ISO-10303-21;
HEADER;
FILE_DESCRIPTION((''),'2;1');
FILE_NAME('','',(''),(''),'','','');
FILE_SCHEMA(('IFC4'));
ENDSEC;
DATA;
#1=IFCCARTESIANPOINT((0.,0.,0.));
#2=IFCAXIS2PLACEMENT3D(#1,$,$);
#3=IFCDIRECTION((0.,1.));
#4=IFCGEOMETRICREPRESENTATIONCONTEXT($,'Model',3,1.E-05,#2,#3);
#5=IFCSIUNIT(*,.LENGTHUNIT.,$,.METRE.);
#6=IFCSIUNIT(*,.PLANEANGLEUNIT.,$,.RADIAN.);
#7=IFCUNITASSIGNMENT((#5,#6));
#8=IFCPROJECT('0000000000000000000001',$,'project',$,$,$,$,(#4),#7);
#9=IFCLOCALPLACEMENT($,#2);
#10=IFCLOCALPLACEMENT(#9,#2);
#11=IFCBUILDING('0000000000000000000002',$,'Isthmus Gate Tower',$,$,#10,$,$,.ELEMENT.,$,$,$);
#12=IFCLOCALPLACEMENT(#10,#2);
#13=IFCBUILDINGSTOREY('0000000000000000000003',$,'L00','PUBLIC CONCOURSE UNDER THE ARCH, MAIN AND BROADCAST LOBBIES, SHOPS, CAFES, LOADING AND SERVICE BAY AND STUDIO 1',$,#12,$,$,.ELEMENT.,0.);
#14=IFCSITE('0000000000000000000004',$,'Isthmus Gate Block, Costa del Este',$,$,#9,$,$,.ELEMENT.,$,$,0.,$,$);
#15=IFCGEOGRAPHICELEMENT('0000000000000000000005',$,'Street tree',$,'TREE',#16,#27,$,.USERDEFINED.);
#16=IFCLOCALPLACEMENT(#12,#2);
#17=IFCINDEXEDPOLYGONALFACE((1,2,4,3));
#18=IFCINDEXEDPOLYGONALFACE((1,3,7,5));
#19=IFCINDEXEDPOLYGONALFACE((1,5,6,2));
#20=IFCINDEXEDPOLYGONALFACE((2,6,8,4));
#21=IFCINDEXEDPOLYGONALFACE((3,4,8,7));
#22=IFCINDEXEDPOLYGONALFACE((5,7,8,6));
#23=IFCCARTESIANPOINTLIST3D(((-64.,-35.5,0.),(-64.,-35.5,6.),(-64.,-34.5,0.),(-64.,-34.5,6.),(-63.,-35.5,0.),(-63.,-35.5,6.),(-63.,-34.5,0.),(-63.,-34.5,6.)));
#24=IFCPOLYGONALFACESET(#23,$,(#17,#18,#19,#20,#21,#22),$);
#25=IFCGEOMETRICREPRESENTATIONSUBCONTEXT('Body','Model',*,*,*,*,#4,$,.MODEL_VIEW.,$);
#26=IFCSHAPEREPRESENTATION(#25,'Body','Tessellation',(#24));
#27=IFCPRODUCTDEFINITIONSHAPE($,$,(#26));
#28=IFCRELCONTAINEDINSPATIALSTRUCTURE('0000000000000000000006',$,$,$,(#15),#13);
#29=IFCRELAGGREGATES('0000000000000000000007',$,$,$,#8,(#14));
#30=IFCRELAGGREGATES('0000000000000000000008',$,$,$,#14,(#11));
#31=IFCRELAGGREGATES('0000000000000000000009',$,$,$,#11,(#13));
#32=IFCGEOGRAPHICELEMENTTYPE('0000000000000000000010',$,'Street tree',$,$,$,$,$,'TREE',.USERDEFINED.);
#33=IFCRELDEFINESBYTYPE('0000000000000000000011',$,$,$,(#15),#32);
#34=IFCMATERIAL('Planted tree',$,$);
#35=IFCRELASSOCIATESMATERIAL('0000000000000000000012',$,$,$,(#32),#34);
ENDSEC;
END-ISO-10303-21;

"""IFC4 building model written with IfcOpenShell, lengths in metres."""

from ifc_helpers import new_model, si_unit, direction, frame, origin, origin_2d, place, context, subcontext, project, spatial, rectangle, extrude, material, type_object, element, save


model = new_model("IFC4")

# Units and contexts
model_context = context("Model", 3, precision=1e-05, world=origin(), true_north=direction((0.0, 1.0)))
body_context = subcontext(model_context, "Body", "Model", "MODEL_VIEW")
ifc_project = project(units=[si_unit("LENGTHUNIT", "METRE"), si_unit("PLANEANGLEUNIT", "RADIAN")], contexts=[model_context])

# Site, building, storey
site_placement = place(None, origin())
site = spatial("IfcSite", under=ifc_project, at=site_placement, Name="Isthmus Gate Block, Costa del Este", CompositionType="ELEMENT", RefElevation=0.0)
building_placement = place(site_placement, origin())
building = spatial("IfcBuilding", under=site, at=building_placement, Name="Isthmus Gate Tower", CompositionType="ELEMENT")
storey_placement = place(building_placement, origin())
storey = spatial("IfcBuildingStorey", under=building, at=storey_placement, Name="L00", Description="PUBLIC CONCOURSE UNDER THE ARCH, MAIN AND BROADCAST LOBBIES, SHOPS, CAFES, LOADING AND SERVICE BAY AND STUDIO 1", CompositionType="ELEMENT", Elevation=0.0)

# Geographic element
ifc_material_1 = material(Name="Planted tree")
geographic_element_type = type_object("IfcGeographicElementType", Name="Street tree", ElementType="TREE", PredefinedType="USERDEFINED", material=ifc_material_1)
for number, where, z_axis, x_axis, name in (
    (1, (-63.5, -35.0, 0.0), (0.0, 0.0, 1.0), (1.0, 0.0, 0.0), "Street tree"),
):
    element("IfcGeographicElement", number, at=place(storey_placement, frame(where, z_axis=z_axis, x_axis=x_axis)), inside=storey, type_object=geographic_element_type, Name=name, ObjectType="TREE", PredefinedType="USERDEFINED", context=body_context, shape_type="SweptSolid", body=[
        extrude(rectangle(XDim=1.0, YDim=1.0, at=origin_2d()), origin(), (0.0, 0.0, 1.0), 6.0),
    ])

save(model, "model.ifc")
